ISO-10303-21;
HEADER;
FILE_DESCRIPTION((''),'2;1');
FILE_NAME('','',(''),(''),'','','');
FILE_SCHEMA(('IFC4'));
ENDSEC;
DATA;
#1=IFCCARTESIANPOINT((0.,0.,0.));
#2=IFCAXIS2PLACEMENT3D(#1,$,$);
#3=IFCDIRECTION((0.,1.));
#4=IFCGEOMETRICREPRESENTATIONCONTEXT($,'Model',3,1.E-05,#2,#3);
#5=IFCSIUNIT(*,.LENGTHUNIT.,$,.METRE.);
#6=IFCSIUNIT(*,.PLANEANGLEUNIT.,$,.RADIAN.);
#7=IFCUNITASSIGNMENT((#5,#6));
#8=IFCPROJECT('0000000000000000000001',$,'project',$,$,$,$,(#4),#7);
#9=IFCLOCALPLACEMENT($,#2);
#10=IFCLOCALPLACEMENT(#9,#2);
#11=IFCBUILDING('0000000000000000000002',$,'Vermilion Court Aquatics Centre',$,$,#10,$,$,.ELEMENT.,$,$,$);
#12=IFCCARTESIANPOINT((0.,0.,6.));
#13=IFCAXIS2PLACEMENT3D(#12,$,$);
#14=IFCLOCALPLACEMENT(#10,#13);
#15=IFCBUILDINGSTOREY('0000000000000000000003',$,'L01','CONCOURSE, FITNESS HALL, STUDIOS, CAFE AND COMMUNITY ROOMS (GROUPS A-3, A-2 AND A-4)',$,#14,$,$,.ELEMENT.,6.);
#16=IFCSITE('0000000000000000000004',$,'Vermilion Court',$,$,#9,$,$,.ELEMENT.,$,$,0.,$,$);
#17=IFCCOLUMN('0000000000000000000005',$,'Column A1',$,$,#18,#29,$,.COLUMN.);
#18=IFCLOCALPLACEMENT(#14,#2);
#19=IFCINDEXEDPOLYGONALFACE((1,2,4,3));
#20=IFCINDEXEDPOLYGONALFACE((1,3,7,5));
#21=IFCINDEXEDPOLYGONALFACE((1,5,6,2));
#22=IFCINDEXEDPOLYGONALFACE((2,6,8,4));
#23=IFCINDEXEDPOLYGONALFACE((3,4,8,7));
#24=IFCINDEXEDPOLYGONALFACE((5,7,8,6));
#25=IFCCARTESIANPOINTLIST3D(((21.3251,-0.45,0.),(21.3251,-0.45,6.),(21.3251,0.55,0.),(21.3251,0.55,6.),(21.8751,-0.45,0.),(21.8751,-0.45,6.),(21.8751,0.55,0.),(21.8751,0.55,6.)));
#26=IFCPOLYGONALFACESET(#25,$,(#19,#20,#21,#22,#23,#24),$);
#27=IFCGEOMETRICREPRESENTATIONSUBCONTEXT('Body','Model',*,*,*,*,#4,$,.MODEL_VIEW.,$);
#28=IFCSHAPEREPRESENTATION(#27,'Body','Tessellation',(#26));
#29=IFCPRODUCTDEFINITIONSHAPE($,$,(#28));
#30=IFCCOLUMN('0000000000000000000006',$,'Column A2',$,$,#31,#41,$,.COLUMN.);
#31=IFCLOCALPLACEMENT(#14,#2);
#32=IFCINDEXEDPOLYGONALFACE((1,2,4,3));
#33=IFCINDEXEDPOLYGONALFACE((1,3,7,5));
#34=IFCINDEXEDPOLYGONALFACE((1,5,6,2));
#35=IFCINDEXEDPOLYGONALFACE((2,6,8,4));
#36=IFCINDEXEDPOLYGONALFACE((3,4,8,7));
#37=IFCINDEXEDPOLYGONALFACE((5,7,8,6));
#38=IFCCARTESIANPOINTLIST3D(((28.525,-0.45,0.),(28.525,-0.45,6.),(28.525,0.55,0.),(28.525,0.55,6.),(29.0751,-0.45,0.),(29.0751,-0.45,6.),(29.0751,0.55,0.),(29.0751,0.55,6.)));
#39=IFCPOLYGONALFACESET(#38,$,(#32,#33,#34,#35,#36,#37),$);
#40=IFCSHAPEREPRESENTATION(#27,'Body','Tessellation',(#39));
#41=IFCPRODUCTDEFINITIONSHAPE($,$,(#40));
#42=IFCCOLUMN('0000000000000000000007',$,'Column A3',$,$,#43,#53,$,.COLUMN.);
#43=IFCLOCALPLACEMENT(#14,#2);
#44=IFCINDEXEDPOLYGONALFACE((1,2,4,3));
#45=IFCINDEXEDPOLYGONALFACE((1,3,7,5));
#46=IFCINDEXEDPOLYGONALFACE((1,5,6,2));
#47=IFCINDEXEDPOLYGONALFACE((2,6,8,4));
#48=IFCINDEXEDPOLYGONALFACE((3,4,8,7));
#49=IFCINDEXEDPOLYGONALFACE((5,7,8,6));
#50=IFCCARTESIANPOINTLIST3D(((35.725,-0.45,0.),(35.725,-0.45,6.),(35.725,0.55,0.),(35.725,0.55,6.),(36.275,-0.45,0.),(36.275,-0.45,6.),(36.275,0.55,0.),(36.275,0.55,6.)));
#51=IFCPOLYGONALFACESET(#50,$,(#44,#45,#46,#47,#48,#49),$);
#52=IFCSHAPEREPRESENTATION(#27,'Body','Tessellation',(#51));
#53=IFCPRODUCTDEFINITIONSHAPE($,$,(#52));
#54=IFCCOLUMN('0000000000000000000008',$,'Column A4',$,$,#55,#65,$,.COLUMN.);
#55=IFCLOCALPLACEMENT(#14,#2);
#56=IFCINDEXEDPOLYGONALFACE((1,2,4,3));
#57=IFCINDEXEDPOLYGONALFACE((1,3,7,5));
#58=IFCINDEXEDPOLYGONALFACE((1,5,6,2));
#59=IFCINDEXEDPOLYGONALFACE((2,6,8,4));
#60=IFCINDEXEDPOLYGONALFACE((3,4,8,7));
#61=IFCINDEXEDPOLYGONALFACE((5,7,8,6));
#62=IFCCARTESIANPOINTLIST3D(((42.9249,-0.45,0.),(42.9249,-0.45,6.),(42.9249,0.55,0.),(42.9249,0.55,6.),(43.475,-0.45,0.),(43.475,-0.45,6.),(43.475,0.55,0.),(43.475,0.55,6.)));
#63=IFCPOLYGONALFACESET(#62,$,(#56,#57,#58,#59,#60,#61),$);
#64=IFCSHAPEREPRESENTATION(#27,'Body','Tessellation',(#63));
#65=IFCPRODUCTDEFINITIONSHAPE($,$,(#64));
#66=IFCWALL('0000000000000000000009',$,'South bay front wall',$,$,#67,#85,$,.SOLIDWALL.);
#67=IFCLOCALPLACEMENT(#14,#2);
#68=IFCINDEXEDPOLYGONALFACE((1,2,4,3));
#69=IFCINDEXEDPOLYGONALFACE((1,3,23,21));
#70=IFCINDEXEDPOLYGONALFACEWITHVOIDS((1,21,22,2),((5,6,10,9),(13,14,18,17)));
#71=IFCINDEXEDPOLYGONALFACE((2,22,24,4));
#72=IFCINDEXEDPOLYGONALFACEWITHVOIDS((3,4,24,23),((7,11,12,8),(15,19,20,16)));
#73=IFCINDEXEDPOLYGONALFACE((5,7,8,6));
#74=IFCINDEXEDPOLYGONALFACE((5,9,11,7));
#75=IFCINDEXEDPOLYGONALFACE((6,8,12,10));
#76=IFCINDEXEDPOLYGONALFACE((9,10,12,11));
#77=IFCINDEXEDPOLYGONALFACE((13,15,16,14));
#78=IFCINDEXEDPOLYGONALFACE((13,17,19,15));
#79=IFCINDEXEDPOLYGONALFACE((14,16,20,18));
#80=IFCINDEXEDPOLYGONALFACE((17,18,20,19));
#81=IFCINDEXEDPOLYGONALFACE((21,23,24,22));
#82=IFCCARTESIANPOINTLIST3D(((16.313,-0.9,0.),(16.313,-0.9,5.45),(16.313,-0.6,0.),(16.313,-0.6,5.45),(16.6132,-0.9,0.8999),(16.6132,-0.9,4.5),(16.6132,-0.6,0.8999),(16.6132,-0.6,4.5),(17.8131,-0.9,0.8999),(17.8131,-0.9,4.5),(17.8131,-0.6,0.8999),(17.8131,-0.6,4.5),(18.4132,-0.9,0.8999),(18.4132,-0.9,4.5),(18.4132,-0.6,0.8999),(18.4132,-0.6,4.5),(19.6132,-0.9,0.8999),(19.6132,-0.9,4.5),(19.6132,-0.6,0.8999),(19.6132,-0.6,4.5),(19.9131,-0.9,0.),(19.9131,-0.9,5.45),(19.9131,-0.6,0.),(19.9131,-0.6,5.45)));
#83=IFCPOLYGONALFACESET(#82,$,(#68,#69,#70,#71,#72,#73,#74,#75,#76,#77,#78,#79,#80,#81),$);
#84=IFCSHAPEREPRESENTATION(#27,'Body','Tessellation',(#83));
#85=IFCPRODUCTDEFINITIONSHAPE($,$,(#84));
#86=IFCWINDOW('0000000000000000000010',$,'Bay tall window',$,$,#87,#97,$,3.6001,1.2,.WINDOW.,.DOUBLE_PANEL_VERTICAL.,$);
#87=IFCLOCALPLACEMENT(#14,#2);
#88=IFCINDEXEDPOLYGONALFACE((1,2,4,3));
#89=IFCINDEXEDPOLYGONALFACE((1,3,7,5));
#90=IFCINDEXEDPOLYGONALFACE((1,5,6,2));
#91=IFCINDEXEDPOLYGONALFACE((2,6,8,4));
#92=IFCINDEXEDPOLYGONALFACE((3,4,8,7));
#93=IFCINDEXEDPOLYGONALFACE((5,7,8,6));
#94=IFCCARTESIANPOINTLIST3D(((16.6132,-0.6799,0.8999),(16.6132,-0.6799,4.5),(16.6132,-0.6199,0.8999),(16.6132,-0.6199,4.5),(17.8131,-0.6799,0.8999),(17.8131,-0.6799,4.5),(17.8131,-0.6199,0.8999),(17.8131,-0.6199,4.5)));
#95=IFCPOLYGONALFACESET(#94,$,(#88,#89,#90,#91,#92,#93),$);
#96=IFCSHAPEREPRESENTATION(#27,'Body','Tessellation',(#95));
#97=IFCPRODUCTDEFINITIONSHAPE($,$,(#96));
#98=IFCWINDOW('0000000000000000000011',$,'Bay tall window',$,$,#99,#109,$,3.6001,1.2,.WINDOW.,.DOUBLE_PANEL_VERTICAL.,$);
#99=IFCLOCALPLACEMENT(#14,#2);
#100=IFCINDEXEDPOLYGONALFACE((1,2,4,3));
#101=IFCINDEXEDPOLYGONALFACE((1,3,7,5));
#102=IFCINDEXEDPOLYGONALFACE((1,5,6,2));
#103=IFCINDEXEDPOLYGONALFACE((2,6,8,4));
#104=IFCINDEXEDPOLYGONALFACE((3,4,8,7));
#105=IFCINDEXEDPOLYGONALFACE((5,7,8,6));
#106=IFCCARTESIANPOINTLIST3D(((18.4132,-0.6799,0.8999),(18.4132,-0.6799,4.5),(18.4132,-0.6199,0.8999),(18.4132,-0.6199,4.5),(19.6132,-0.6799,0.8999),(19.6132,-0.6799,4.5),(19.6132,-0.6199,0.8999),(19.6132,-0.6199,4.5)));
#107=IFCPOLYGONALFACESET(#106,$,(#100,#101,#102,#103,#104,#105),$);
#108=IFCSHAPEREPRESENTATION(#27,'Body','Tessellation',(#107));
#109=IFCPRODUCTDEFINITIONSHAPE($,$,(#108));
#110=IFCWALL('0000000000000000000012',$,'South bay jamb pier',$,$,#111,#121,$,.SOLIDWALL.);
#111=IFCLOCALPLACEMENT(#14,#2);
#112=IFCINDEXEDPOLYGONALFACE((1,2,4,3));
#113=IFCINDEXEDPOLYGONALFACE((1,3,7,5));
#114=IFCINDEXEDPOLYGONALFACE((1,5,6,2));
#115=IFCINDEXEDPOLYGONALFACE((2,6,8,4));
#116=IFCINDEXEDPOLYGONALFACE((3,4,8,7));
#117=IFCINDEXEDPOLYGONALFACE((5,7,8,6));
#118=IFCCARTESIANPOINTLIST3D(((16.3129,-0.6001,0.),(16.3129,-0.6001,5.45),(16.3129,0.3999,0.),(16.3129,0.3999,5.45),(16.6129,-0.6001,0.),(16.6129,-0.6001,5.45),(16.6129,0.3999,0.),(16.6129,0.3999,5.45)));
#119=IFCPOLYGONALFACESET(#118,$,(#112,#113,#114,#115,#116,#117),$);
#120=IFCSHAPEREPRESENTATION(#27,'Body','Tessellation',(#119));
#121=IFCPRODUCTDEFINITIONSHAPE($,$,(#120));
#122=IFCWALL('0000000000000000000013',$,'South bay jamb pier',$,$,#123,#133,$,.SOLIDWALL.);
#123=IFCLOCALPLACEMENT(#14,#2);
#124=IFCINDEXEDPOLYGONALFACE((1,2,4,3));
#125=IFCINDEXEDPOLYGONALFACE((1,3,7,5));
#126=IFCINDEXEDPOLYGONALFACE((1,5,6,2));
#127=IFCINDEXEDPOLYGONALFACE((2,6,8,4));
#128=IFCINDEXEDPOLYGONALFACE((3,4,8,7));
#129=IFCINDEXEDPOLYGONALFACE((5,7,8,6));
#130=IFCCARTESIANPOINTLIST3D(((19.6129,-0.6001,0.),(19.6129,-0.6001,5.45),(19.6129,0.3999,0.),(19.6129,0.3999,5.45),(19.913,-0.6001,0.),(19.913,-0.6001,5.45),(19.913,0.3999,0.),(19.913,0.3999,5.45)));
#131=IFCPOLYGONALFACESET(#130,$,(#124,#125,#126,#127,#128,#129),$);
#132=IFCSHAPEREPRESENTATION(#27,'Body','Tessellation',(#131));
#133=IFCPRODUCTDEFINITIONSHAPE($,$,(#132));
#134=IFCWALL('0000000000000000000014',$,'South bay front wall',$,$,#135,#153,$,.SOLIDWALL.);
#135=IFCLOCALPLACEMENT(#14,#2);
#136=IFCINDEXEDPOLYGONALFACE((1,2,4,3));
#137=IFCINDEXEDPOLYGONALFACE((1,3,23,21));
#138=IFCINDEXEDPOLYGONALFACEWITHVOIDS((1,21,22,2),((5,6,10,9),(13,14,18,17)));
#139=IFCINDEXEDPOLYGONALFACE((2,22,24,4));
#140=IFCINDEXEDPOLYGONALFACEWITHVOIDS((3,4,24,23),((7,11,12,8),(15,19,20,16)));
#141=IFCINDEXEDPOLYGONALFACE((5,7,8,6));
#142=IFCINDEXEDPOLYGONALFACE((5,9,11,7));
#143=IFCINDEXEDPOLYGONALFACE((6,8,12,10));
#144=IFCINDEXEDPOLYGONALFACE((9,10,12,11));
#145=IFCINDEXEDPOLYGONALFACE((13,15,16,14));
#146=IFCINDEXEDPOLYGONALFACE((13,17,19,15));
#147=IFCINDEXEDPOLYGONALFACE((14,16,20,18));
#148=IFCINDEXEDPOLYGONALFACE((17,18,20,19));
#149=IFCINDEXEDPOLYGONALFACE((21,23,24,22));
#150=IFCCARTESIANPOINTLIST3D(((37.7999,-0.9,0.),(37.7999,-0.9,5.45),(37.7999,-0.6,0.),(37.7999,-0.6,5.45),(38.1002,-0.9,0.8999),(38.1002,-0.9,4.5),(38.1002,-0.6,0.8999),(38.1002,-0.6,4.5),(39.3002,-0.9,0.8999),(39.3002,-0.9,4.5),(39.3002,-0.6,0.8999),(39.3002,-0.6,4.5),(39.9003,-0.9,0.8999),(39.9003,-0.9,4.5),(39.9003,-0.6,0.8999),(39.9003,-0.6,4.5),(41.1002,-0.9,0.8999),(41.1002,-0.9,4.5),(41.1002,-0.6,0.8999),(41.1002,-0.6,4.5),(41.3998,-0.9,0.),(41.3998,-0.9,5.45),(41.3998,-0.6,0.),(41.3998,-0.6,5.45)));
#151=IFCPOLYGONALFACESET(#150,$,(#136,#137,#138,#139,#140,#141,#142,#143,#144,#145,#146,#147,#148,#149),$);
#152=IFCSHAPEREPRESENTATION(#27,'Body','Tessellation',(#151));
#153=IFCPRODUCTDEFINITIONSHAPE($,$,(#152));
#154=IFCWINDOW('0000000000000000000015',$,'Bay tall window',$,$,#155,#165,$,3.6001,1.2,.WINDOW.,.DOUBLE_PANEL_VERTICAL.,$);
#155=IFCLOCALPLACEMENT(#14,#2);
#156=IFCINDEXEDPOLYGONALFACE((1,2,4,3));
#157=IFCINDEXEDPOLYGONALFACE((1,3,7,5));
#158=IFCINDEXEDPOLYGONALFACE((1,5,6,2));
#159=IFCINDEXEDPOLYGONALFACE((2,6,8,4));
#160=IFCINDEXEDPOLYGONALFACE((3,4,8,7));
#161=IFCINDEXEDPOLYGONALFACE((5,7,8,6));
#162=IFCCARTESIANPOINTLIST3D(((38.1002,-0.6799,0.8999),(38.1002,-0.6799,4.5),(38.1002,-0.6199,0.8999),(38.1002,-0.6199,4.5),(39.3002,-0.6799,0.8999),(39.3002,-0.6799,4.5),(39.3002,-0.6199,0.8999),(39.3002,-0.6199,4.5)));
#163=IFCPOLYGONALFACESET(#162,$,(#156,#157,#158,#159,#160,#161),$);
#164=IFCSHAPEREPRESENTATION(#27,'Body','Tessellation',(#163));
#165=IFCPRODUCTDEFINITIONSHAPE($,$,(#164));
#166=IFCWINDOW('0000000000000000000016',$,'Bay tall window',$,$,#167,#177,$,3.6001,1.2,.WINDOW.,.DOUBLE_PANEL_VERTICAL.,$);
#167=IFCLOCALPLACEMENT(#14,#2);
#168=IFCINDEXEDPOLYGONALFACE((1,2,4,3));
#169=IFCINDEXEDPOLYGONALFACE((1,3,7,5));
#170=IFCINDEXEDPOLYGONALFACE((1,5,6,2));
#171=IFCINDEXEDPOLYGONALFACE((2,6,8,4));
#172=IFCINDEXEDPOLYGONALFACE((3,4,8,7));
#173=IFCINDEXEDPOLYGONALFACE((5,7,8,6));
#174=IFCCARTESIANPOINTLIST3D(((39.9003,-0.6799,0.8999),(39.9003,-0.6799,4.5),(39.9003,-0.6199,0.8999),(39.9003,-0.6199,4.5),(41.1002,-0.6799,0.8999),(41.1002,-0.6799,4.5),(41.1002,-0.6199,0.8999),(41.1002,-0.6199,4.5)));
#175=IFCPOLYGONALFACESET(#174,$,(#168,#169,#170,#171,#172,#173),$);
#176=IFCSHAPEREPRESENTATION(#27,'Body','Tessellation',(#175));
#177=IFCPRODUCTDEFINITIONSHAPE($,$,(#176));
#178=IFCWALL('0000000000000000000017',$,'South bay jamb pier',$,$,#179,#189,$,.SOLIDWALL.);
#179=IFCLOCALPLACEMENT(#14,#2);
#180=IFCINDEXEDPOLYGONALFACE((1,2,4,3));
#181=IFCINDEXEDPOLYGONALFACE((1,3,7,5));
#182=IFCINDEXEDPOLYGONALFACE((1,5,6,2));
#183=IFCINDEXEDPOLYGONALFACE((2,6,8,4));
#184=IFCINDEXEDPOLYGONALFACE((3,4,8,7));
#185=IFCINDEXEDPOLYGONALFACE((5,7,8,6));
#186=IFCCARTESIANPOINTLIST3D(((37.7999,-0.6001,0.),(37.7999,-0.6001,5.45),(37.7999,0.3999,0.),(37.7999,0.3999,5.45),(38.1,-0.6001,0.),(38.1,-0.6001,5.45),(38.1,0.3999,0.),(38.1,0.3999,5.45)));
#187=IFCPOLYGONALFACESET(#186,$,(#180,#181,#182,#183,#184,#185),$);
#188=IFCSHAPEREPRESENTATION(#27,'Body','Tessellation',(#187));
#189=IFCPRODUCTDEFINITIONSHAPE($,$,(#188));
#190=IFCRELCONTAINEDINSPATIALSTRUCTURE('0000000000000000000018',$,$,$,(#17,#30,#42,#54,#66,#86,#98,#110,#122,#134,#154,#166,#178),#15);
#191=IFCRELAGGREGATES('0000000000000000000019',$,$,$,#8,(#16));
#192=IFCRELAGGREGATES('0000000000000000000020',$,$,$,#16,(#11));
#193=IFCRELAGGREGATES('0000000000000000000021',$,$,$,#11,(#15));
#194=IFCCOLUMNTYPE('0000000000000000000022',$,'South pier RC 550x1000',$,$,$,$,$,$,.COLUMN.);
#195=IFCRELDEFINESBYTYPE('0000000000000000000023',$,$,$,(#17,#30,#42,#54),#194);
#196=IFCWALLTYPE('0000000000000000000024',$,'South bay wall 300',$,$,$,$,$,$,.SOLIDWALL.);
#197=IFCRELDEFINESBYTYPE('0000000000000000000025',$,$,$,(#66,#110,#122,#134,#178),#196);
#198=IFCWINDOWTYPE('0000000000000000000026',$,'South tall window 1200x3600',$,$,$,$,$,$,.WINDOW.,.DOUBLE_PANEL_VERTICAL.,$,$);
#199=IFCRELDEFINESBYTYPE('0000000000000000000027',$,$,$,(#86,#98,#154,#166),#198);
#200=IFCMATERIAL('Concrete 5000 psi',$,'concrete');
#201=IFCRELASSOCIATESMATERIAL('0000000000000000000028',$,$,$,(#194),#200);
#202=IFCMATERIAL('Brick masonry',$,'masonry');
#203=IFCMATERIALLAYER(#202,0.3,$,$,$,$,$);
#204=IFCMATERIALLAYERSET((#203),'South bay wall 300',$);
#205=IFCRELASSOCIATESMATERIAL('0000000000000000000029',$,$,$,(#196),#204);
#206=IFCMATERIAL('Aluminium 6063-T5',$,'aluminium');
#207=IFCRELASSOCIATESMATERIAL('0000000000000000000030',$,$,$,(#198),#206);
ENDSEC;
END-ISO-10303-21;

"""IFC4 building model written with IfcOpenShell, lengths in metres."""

from ifc_helpers import new_model, si_unit, direction, frame, frame_2d, origin, origin_2d, place, context, subcontext, project, spatial, rectangle, extrude, material, layer, layer_set, material_profile, profile_set, type_object, element, fill, save


model = new_model("IFC4")

# Units and contexts
model_context = context("Model", 3, precision=1e-05, world=origin(), true_north=direction((0.0, 1.0)))
body_context = subcontext(model_context, "Body", "Model", "MODEL_VIEW")
ifc_project = project(units=[si_unit("LENGTHUNIT", "METRE"), si_unit("PLANEANGLEUNIT", "RADIAN")], contexts=[model_context])

# Site, building, storey
site_placement = place(None, origin())
site = spatial("IfcSite", under=ifc_project, at=site_placement, Name="Vermilion Court", CompositionType="ELEMENT", RefElevation=0.0)
building_placement = place(site_placement, origin())
building = spatial("IfcBuilding", under=site, at=building_placement, Name="Vermilion Court Aquatics Centre", CompositionType="ELEMENT")
storey_placement = place(building_placement, frame((0.0, 0.0, 6.0)))
storey = spatial("IfcBuildingStorey", under=building, at=storey_placement, Name="L01", Description="CONCOURSE, FITNESS HALL, STUDIOS, CAFE AND COMMUNITY ROOMS (GROUPS A-3, A-2 AND A-4)", CompositionType="ELEMENT", Elevation=6.0)

# Columns
ifc_material_1 = material(Name="Concrete 5000 psi", Category="concrete")
ifc_material_profile = material_profile(ifc_material_1, rectangle(XDim=0.55, YDim=1.0, at=origin_2d()), Name="RC 550x1000")
ifc_profile_set = profile_set([ifc_material_profile], Name="Concrete 5000 psi")
column_type = type_object("IfcColumnType", Name="South pier RC 550x1000", PredefinedType="COLUMN", material=ifc_profile_set)
for number, where, z_axis, x_axis, name in (
    (1, (21.6001, 0.05, 0.0), (0.0, 0.0, 1.0), (1.0, 0.0, 0.0), "Column A1"),
    (2, (28.8, 0.05, 0.0), (0.0, 0.0, 1.0), (1.0, 0.0, 0.0), "Column A2"),
    (3, (36.0, 0.05, 0.0), (0.0, 0.0, 1.0), (1.0, 0.0, 0.0), "Column A3"),
    (4, (43.2, 0.05, 0.0), (0.0, 0.0, 1.0), (1.0, 0.0, 0.0), "Column A4"),
):
    element("IfcColumn", number, at=place(storey_placement, frame(where, z_axis=z_axis, x_axis=x_axis)), inside=storey, type_object=column_type, Name=name, PredefinedType="COLUMN", context=body_context, shape_type="SweptSolid", body=[
        extrude(rectangle(XDim=0.55, YDim=1.0, at=origin_2d()), origin(), (0.0, 0.0, 1.0), 6.0),
    ])

# Wall, openings, windows
ifc_material_2 = material(Name="Brick masonry", Category="masonry")
ifc_layer_1 = layer(ifc_material_2, 0.3)
ifc_layer_set_1 = layer_set([ifc_layer_1], Name="South bay wall 300")
wall_type_1 = type_object("IfcWallType", Name="South bay wall 300", PredefinedType="SOLIDWALL", material=ifc_layer_set_1)
wall_1_placement = place(storey_placement, frame((16.313, -0.75, 0.0), z_axis=(0.0, 0.0, 1.0), x_axis=(1.0, 0.0, 0.0)))
wall_1 = element("IfcWall", 5, at=wall_1_placement, inside=storey, type_object=wall_type_1, Name="South bay front wall", PredefinedType="SOLIDWALL", context=body_context, shape_type="SweptSolid", body=[
    extrude(rectangle(XDim=3.6001, YDim=0.3, at=frame_2d((1.8, 0.0))), origin(), (0.0, 0.0, 1.0), 5.45),
])
opening_1_placement = place(wall_1_placement, frame((0.3, 0.0, 0.8999)))
opening_1 = element("IfcOpeningElement", 6, at=opening_1_placement, cuts=wall_1, PredefinedType="OPENING", context=body_context, shape_type="SweptSolid", body=[
    extrude(rectangle(XDim=1.2, YDim=3.6001, at=frame_2d((0.6001, 1.8))), frame((0.0, 0.1599, 0.0), z_axis=(0.0, -1.0, 0.0), x_axis=(1.0, 0.0, 0.0)), (0.0, 0.0, 1.0), 0.3201),
])
opening_2_placement = place(wall_1_placement, frame((2.1001, 0.0, 0.8999)))
opening_2 = element("IfcOpeningElement", 7, at=opening_2_placement, cuts=wall_1, PredefinedType="OPENING", context=body_context, shape_type="SweptSolid", body=[
    extrude(rectangle(XDim=1.2, YDim=3.6001, at=frame_2d((0.6001, 1.8))), frame((0.0, 0.1599, 0.0), z_axis=(0.0, -1.0, 0.0), x_axis=(1.0, 0.0, 0.0)), (0.0, 0.0, 1.0), 0.3201),
])
ifc_material_3 = material(Name="Aluminium 6063-T5", Category="aluminium")
window_type_1 = type_object("IfcWindowType", Name="South tall window 1200x3600", PartitioningType="DOUBLE_PANEL_VERTICAL", PredefinedType="WINDOW", material=ifc_material_3)
window_1_placement = place(opening_1_placement, origin())
window_1 = element("IfcWindow", 8, at=window_1_placement, inside=storey, type_object=window_type_1, Name="Bay tall window", OverallHeight=3.6001, OverallWidth=1.2, PartitioningType="DOUBLE_PANEL_VERTICAL", PredefinedType="WINDOW", context=body_context, shape_type="SweptSolid", body=[
    extrude(rectangle(XDim=1.2, YDim=3.6001, at=frame_2d((0.6001, 1.8))), frame((0.0, 0.1301, 0.0), z_axis=(0.0, -1.0, 0.0), x_axis=(1.0, 0.0, 0.0)), (0.0, 0.0, 1.0), 0.0601),
])
fill(opening_1, window_1)
window_2_placement = place(opening_2_placement, origin())
window_2 = element("IfcWindow", 9, at=window_2_placement, inside=storey, type_object=window_type_1, Name="Bay tall window", OverallHeight=3.6001, OverallWidth=1.2, PartitioningType="DOUBLE_PANEL_VERTICAL", PredefinedType="WINDOW", context=body_context, shape_type="SweptSolid", body=[
    extrude(rectangle(XDim=1.2, YDim=3.6001, at=frame_2d((0.6001, 1.8))), frame((0.0, 0.1301, 0.0), z_axis=(0.0, -1.0, 0.0), x_axis=(1.0, 0.0, 0.0)), (0.0, 0.0, 1.0), 0.0601),
])
fill(opening_2, window_2)

# Walls
for number, where, z_axis, x_axis, name in (
    (10, (16.4629, -0.6001, 0.0), (0.0, 0.0, 1.0), (0.0, 1.0, 0.0), "South bay jamb pier"),
    (11, (19.7629, -0.6001, 0.0), (0.0, 0.0, 1.0), (0.0, 1.0, 0.0), "South bay jamb pier"),
):
    element("IfcWall", number, at=place(storey_placement, frame(where, z_axis=z_axis, x_axis=x_axis)), inside=storey, type_object=wall_type_1, Name=name, PredefinedType="SOLIDWALL", context=body_context, shape_type="SweptSolid", body=[
        extrude(rectangle(XDim=1.0, YDim=0.3, at=frame_2d((0.5, 0.0))), origin(), (0.0, 0.0, 1.0), 5.45),
    ])

# Wall, openings, windows
wall_2_placement = place(storey_placement, frame((37.8, -0.75, 0.0), z_axis=(0.0, 0.0, 1.0), x_axis=(1.0, 0.0, 0.0)))
wall_2 = element("IfcWall", 12, at=wall_2_placement, inside=storey, type_object=wall_type_1, Name="South bay front wall", PredefinedType="SOLIDWALL", context=body_context, shape_type="SweptSolid", body=[
    extrude(rectangle(XDim=3.5999, YDim=0.3, at=frame_2d((1.7998, 0.0))), origin(), (0.0, 0.0, 1.0), 5.45),
])
opening_3_placement = place(wall_2_placement, frame((0.3, 0.0, 0.8999)))
opening_3 = element("IfcOpeningElement", 13, at=opening_3_placement, cuts=wall_2, PredefinedType="OPENING", context=body_context, shape_type="SweptSolid", body=[
    extrude(rectangle(XDim=1.2, YDim=3.6001, at=frame_2d((0.6001, 1.8))), frame((0.0, 0.1599, 0.0), z_axis=(0.0, -1.0, 0.0), x_axis=(1.0, 0.0, 0.0)), (0.0, 0.0, 1.0), 0.3201),
])
opening_4_placement = place(wall_2_placement, frame((2.1001, 0.0, 0.8999)))
opening_4 = element("IfcOpeningElement", 14, at=opening_4_placement, cuts=wall_2, PredefinedType="OPENING", context=body_context, shape_type="SweptSolid", body=[
    extrude(rectangle(XDim=1.2, YDim=3.6001, at=frame_2d((0.6001, 1.8))), frame((0.0, 0.1599, 0.0), z_axis=(0.0, -1.0, 0.0), x_axis=(1.0, 0.0, 0.0)), (0.0, 0.0, 1.0), 0.3201),
])
window_3_placement = place(opening_3_placement, origin())
window_3 = element("IfcWindow", 15, at=window_3_placement, inside=storey, type_object=window_type_1, Name="Bay tall window", OverallHeight=3.6001, OverallWidth=1.2, PartitioningType="DOUBLE_PANEL_VERTICAL", PredefinedType="WINDOW", context=body_context, shape_type="SweptSolid", body=[
    extrude(rectangle(XDim=1.2, YDim=3.6001, at=frame_2d((0.6001, 1.8))), frame((0.0, 0.1301, 0.0), z_axis=(0.0, -1.0, 0.0), x_axis=(1.0, 0.0, 0.0)), (0.0, 0.0, 1.0), 0.0601),
])
fill(opening_3, window_3)
window_4_placement = place(opening_4_placement, origin())
window_4 = element("IfcWindow", 16, at=window_4_placement, inside=storey, type_object=window_type_1, Name="Bay tall window", OverallHeight=3.6001, OverallWidth=1.2, PartitioningType="DOUBLE_PANEL_VERTICAL", PredefinedType="WINDOW", context=body_context, shape_type="SweptSolid", body=[
    extrude(rectangle(XDim=1.2, YDim=3.6001, at=frame_2d((0.6001, 1.8))), frame((0.0, 0.1301, 0.0), z_axis=(0.0, -1.0, 0.0), x_axis=(1.0, 0.0, 0.0)), (0.0, 0.0, 1.0), 0.0601),
])
fill(opening_4, window_4)

# Wall
for number, where, z_axis, x_axis, name in (
    (17, (37.95, -0.6001, 0.0), (0.0, 0.0, 1.0), (0.0, 1.0, 0.0), "South bay jamb pier"),
):
    element("IfcWall", number, at=place(storey_placement, frame(where, z_axis=z_axis, x_axis=x_axis)), inside=storey, type_object=wall_type_1, Name=name, PredefinedType="SOLIDWALL", context=body_context, shape_type="SweptSolid", body=[
        extrude(rectangle(XDim=1.0, YDim=0.3, at=frame_2d((0.5, 0.0))), origin(), (0.0, 0.0, 1.0), 5.45),
    ])

save(model, "model.ifc")
